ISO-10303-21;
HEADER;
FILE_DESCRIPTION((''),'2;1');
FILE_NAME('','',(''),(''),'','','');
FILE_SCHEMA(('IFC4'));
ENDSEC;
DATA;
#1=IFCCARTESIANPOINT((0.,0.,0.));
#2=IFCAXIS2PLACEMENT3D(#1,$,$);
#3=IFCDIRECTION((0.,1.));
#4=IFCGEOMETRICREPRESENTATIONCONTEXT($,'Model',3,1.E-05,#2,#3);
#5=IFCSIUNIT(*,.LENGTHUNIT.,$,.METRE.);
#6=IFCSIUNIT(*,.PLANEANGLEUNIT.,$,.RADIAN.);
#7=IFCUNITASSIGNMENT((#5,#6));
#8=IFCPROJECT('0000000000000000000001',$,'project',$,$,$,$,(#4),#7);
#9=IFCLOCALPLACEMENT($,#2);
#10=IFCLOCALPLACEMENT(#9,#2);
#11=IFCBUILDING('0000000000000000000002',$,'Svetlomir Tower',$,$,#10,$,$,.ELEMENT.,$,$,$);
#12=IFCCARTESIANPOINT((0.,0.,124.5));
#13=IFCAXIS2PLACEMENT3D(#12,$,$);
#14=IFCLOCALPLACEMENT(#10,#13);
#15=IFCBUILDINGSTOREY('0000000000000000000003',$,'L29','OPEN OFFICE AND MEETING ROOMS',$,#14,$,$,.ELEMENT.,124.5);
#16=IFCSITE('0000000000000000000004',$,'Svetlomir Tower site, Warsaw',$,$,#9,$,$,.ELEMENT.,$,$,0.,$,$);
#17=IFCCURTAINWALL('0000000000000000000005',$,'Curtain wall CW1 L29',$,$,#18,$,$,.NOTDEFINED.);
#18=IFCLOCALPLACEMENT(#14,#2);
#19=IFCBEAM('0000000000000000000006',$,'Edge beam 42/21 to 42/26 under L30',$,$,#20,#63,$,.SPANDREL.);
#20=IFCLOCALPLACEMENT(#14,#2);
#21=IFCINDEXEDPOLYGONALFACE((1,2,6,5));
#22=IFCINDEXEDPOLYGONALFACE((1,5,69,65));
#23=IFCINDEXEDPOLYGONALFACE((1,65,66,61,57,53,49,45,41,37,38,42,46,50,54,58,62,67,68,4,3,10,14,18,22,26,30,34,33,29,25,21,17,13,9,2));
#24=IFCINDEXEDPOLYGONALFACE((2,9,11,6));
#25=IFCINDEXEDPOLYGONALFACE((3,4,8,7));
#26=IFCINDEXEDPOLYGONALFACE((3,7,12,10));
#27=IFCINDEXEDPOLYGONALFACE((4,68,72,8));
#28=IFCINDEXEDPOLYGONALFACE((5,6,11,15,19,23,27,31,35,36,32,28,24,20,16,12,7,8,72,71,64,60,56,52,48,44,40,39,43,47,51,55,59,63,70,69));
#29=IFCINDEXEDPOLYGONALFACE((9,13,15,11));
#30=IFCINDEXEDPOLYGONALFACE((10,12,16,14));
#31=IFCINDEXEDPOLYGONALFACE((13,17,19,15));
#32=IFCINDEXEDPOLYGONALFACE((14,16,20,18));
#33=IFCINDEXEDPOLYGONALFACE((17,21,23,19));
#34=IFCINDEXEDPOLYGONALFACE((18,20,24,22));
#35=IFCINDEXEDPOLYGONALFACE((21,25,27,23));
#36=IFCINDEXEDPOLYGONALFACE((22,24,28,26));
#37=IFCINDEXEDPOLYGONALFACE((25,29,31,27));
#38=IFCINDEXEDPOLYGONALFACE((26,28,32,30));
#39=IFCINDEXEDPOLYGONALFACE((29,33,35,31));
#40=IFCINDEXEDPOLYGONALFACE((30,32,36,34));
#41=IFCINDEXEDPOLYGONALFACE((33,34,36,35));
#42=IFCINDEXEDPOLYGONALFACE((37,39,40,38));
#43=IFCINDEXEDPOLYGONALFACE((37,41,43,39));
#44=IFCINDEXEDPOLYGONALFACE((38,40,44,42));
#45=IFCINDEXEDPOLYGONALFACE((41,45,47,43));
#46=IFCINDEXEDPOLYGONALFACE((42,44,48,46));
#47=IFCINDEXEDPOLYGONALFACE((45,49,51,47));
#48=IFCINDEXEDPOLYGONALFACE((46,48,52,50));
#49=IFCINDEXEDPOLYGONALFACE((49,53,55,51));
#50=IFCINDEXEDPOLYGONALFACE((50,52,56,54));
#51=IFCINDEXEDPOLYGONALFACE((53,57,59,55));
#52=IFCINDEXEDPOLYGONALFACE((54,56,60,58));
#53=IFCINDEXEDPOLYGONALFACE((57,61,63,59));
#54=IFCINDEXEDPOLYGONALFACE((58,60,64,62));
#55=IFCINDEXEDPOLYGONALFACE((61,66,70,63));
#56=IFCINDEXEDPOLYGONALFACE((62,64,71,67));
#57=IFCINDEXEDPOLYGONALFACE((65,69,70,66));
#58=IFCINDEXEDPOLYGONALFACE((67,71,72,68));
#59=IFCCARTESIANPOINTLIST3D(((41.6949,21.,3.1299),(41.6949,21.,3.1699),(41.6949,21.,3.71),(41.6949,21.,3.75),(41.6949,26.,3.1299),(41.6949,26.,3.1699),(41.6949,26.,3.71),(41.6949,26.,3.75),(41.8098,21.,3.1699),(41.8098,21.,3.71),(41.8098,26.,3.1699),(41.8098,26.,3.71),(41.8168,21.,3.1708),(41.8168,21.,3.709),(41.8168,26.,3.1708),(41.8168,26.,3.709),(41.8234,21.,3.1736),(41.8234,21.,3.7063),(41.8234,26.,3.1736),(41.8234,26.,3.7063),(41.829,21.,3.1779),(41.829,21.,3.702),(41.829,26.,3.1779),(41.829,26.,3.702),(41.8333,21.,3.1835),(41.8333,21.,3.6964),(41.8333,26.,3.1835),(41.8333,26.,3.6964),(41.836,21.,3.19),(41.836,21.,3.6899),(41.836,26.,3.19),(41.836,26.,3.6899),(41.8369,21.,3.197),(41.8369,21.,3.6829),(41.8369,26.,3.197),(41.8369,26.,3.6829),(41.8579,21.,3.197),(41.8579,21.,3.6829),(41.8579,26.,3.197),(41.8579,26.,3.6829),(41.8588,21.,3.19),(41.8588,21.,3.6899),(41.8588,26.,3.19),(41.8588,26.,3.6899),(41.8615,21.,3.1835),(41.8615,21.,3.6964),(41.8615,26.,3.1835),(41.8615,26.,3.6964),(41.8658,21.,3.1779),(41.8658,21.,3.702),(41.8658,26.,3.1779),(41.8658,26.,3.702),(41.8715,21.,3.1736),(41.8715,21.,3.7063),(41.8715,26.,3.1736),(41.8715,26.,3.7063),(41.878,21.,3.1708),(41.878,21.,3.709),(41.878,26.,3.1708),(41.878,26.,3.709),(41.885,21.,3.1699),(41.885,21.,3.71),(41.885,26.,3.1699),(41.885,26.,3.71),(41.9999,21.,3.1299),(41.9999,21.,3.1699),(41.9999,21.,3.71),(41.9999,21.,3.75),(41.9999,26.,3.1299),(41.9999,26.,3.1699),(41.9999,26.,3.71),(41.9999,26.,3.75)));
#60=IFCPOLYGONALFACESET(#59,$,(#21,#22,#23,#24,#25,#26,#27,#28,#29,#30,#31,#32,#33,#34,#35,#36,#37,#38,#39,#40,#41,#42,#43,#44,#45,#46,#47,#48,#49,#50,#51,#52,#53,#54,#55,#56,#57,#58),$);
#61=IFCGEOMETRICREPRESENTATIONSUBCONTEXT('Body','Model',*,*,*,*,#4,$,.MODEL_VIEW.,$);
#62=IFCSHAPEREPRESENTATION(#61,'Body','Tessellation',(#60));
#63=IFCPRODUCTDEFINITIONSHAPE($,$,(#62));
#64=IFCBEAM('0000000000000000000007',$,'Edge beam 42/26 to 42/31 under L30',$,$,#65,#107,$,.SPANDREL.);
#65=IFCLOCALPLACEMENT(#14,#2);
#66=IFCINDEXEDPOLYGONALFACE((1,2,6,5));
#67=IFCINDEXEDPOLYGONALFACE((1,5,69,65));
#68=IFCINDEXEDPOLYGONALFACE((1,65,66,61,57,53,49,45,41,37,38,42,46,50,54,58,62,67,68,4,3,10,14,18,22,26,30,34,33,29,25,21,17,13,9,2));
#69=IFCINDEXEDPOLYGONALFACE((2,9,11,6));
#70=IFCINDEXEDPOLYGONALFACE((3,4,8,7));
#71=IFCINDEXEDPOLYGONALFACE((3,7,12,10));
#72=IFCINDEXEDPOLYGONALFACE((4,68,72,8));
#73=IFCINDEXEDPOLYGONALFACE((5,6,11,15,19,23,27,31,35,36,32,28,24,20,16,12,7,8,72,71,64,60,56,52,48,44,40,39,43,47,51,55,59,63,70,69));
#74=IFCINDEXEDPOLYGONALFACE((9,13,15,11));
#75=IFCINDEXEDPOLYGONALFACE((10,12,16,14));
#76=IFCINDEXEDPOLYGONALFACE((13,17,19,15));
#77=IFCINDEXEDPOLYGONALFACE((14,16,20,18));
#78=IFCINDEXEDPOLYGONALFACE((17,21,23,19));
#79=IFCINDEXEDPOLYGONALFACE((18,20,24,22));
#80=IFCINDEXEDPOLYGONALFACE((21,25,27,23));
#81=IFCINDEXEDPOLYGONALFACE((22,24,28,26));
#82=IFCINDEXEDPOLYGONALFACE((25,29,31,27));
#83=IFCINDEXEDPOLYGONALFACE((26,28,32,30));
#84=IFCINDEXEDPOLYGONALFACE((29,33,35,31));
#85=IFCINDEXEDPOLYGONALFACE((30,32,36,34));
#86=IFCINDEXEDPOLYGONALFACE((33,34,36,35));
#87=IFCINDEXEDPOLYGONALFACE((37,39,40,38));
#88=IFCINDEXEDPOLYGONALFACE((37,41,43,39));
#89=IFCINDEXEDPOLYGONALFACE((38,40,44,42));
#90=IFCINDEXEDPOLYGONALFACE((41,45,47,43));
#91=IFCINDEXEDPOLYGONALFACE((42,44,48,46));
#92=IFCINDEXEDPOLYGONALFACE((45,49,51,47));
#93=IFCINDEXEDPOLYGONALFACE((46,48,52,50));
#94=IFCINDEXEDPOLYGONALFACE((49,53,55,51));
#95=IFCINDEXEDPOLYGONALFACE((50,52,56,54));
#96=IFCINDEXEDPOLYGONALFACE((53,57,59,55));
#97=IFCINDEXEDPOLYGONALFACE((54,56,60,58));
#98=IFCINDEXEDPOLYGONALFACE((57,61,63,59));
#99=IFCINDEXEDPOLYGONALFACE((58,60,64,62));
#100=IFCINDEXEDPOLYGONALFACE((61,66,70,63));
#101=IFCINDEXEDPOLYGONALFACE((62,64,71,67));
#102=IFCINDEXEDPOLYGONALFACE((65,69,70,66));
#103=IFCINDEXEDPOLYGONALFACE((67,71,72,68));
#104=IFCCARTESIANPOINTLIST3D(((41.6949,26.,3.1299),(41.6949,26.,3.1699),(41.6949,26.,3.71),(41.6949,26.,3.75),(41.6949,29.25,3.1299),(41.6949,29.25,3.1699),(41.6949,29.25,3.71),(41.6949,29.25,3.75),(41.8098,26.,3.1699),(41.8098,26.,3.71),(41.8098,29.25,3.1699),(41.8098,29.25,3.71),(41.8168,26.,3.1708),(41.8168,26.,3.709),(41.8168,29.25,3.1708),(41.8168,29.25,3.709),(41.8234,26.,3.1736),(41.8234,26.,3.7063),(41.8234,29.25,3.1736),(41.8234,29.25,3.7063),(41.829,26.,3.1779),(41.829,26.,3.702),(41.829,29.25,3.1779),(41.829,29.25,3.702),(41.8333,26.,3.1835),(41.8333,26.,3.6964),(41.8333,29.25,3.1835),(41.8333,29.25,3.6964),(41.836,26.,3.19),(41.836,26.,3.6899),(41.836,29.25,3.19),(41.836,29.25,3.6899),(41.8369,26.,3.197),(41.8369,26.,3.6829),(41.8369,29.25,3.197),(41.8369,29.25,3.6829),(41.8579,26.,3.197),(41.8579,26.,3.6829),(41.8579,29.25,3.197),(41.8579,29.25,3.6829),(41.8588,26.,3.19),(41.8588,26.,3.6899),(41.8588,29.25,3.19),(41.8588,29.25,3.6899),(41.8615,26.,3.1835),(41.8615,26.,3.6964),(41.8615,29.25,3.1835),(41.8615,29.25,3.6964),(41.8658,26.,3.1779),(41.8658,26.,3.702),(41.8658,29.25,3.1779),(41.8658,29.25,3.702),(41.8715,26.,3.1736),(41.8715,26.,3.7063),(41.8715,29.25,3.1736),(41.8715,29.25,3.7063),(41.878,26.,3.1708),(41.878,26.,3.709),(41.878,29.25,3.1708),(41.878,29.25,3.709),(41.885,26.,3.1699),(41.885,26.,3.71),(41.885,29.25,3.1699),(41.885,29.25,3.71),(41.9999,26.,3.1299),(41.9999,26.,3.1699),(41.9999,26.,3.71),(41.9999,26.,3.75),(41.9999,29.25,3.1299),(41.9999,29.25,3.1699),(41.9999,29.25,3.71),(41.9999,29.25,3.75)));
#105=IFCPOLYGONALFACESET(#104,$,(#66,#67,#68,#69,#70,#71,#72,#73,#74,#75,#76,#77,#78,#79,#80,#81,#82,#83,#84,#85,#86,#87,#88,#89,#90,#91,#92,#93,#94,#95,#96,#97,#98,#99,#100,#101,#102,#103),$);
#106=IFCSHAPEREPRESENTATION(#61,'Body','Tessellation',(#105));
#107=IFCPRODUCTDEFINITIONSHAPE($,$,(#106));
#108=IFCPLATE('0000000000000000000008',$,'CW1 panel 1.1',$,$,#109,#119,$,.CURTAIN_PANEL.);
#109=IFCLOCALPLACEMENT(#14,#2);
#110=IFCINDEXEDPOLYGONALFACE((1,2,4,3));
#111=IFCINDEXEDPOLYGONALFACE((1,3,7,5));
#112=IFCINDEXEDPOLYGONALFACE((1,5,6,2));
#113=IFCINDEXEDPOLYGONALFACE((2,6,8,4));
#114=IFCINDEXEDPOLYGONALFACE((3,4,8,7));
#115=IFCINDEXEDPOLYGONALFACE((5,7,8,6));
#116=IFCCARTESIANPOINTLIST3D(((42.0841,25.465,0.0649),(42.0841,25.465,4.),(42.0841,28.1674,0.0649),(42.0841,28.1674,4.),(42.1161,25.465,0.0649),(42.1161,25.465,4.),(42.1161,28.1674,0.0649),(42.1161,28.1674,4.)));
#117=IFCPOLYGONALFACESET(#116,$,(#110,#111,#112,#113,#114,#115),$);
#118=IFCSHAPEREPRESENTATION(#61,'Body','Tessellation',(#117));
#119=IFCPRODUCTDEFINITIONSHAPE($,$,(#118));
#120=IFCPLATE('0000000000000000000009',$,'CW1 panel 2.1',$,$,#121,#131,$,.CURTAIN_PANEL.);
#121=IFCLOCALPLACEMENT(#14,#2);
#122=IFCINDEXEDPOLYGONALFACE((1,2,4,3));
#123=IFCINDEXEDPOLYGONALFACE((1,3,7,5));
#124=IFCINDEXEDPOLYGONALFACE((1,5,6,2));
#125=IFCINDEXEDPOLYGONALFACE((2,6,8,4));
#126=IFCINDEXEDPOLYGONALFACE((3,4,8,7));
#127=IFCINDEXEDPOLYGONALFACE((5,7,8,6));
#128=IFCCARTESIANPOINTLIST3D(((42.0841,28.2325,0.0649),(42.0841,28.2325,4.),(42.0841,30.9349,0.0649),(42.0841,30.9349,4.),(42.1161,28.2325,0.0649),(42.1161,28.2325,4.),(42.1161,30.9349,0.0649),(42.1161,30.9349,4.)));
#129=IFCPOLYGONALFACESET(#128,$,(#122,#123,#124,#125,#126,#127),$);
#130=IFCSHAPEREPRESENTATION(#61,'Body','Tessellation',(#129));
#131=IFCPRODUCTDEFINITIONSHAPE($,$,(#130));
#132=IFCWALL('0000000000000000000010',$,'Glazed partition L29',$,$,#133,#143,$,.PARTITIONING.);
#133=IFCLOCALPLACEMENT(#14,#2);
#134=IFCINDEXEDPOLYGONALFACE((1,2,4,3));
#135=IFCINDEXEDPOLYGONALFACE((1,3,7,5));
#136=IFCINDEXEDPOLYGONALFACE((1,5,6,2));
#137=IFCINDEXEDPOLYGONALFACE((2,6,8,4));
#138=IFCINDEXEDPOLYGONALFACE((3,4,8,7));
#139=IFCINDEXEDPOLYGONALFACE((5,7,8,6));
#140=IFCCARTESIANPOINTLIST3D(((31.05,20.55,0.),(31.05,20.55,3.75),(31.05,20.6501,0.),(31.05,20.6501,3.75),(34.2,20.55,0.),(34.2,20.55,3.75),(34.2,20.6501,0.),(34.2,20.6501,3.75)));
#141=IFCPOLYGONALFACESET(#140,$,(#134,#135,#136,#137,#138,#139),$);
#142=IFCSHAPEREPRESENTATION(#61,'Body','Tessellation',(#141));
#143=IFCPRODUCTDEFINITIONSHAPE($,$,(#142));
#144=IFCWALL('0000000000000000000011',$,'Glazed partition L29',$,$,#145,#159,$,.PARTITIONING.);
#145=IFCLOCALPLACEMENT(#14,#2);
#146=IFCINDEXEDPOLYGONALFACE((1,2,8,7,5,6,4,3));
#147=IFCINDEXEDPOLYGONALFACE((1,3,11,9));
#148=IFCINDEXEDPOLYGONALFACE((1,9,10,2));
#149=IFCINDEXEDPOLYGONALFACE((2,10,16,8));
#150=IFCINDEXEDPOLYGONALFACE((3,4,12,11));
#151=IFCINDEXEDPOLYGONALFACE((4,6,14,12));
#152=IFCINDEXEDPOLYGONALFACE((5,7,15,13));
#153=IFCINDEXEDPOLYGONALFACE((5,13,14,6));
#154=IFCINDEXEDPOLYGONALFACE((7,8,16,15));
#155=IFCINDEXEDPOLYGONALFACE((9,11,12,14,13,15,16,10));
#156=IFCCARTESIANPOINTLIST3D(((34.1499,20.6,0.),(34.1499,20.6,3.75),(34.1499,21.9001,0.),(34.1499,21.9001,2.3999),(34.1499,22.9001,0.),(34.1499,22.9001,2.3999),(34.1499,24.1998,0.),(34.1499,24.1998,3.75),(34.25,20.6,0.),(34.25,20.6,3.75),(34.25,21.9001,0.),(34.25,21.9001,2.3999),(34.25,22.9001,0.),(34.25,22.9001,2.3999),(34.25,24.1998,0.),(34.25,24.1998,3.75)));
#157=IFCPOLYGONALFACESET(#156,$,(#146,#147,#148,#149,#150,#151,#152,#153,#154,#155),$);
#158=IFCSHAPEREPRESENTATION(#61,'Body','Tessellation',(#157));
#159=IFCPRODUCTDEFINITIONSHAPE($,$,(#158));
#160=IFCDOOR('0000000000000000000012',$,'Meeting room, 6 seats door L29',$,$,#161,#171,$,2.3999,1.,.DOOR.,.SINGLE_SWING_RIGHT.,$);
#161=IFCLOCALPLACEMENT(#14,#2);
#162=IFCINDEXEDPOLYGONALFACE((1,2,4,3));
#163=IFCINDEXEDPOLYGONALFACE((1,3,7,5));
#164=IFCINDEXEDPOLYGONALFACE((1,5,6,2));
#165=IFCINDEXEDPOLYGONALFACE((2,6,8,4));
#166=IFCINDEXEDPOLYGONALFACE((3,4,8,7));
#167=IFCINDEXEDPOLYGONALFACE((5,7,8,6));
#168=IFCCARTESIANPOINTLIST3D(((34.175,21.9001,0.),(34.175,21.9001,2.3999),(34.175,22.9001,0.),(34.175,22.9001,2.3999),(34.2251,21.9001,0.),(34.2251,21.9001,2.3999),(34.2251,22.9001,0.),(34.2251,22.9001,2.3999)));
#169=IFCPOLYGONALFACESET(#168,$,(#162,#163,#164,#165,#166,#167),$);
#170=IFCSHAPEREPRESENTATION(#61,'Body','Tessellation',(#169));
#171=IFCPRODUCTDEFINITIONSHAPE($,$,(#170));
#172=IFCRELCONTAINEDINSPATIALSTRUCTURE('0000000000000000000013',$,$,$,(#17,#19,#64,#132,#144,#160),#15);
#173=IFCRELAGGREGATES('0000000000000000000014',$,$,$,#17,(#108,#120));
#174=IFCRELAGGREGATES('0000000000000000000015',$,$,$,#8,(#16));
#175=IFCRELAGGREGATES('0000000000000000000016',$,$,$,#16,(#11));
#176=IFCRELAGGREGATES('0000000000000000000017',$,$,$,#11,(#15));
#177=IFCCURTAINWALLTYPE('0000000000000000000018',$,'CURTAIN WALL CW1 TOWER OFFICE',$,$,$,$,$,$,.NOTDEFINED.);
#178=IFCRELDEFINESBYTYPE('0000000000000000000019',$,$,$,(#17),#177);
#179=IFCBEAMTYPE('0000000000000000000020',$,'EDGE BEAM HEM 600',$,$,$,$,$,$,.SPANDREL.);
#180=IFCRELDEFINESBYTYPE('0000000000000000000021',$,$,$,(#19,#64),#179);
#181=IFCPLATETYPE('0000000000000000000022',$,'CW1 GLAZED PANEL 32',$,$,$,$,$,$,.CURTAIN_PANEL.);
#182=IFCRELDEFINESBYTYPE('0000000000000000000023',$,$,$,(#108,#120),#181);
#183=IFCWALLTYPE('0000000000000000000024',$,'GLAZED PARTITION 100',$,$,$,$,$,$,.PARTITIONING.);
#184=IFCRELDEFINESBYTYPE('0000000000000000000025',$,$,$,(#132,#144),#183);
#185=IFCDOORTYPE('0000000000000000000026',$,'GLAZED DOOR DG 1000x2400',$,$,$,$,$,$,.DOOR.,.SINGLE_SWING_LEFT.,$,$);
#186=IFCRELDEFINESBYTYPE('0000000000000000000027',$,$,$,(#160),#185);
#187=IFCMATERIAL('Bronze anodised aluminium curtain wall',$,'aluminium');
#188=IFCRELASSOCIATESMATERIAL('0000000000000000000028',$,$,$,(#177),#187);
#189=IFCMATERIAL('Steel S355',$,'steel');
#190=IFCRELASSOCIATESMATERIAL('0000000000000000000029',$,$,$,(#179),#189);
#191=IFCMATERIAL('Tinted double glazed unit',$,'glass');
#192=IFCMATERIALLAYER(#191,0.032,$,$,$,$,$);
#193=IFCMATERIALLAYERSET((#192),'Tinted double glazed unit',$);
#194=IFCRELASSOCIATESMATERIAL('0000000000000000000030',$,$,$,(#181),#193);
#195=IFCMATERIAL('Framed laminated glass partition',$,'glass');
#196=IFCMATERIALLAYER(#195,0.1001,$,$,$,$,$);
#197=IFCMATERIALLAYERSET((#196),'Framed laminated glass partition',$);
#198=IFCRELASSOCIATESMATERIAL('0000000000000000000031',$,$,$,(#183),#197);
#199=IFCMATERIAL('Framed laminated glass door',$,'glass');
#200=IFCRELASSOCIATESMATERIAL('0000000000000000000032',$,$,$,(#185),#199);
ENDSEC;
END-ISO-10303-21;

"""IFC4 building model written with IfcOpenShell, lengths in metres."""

from ifc_helpers import new_model, si_unit, direction, frame, frame_2d, origin, origin_2d, place, context, subcontext, project, spatial, rectangle, i_section, extrude, material, layer, layer_set, material_profile, profile_set, type_object, element, fill, aggregate, save


model = new_model("IFC4")

# Units and contexts
model_context = context("Model", 3, precision=1e-05, world=origin(), true_north=direction((0.0, 1.0)))
body_context = subcontext(model_context, "Body", "Model", "MODEL_VIEW")
ifc_project = project(units=[si_unit("LENGTHUNIT", "METRE"), si_unit("PLANEANGLEUNIT", "RADIAN")], contexts=[model_context])

# Site, building, storey
site_placement = place(None, origin())
site = spatial("IfcSite", under=ifc_project, at=site_placement, Name="Svetlomir Tower site, Warsaw", CompositionType="ELEMENT", RefElevation=0.0)
building_placement = place(site_placement, origin())
building = spatial("IfcBuilding", under=site, at=building_placement, Name="Svetlomir Tower", CompositionType="ELEMENT")
storey_placement = place(building_placement, frame((0.0, 0.0, 124.5)))
storey = spatial("IfcBuildingStorey", under=building, at=storey_placement, Name="L29", Description="OPEN OFFICE AND MEETING ROOMS", CompositionType="ELEMENT", Elevation=124.5)

# Curtain wall
ifc_material_1 = material(Name="Bronze anodised aluminium curtain wall", Category="aluminium")
curtain_wall_type = type_object("IfcCurtainWallType", Name="CURTAIN WALL CW1 TOWER OFFICE", PredefinedType="NOTDEFINED", material=ifc_material_1)
curtain_wall_1_placement = place(storey_placement, origin())
curtain_wall_1 = element("IfcCurtainWall", 1, at=curtain_wall_1_placement, inside=storey, type_object=curtain_wall_type, Name="Curtain wall CW1 L29", PredefinedType="NOTDEFINED")

# Beams
ifc_material_2 = material(Name="Steel S355", Category="steel")
ifc_material_profile_1 = material_profile(ifc_material_2, i_section(OverallWidth=0.3049, OverallDepth=0.6201, WebThickness=0.021, FlangeThickness=0.04, FilletRadius=0.0271, at=origin_2d()), Name="HEM 600")
ifc_profile_set_1 = profile_set([ifc_material_profile_1], Name="Steel S355")
beam_type_1 = type_object("IfcBeamType", Name="EDGE BEAM HEM 600", PredefinedType="SPANDREL", material=ifc_profile_set_1)
beam_1_placement = place(storey_placement, frame((41.8474, 21.0, 3.4399), z_axis=(0.0, 1.0, 0.0), x_axis=(-1.0, 0.0, 0.0)))
element("IfcBeam", 2, at=beam_1_placement, inside=storey, type_object=beam_type_1, Name="Edge beam 42/21 to 42/26 under L30", PredefinedType="SPANDREL", context=body_context, shape_type="SweptSolid", body=[
    extrude(i_section(OverallWidth=0.3049, OverallDepth=0.6201, WebThickness=0.021, FlangeThickness=0.04, FilletRadius=0.0271, at=origin_2d()), origin(), (0.0, 0.0, 1.0), 5.0),
])
beam_2_placement = place(storey_placement, frame((41.8474, 26.0, 3.4399), z_axis=(0.0, 1.0, 0.0), x_axis=(-1.0, 0.0, 0.0)))
element("IfcBeam", 3, at=beam_2_placement, inside=storey, type_object=beam_type_1, Name="Edge beam 42/26 to 42/31 under L30", PredefinedType="SPANDREL", context=body_context, shape_type="SweptSolid", body=[
    extrude(i_section(OverallWidth=0.3049, OverallDepth=0.6201, WebThickness=0.021, FlangeThickness=0.04, FilletRadius=0.0271, at=origin_2d()), origin(), (0.0, 0.0, 1.0), 3.25),
])

# Plates
ifc_material_3 = material(Name="Tinted double glazed unit", Category="glass")
ifc_layer_1 = layer(ifc_material_3, 0.032)
ifc_layer_set_1 = layer_set([ifc_layer_1], Name="Tinted double glazed unit")
plate_type = type_object("IfcPlateType", Name="CW1 GLAZED PANEL 32", PredefinedType="CURTAIN_PANEL", material=ifc_layer_set_1)
plate_1_placement = place(storey_placement, frame((42.1001, 26.8162, 0.0649), z_axis=(0.0, 0.0, 1.0), x_axis=(0.0, 1.0, 0.0)))
plate_1 = element("IfcPlate", 4, at=plate_1_placement, type_object=plate_type, Name="CW1 panel 1.1", PredefinedType="CURTAIN_PANEL", context=body_context, shape_type="SweptSolid", body=[
    extrude(rectangle(XDim=2.7024, YDim=0.032, at=origin_2d()), origin(), (0.0, 0.0, 1.0), 3.9351),
])
plate_2_placement = place(storey_placement, frame((42.1001, 29.5837, 0.0649), z_axis=(0.0, 0.0, 1.0), x_axis=(0.0, 1.0, 0.0)))
plate_2 = element("IfcPlate", 5, at=plate_2_placement, type_object=plate_type, Name="CW1 panel 2.1", PredefinedType="CURTAIN_PANEL", context=body_context, shape_type="SweptSolid", body=[
    extrude(rectangle(XDim=2.7024, YDim=0.032, at=origin_2d()), origin(), (0.0, 0.0, 1.0), 3.9351),
])
aggregate(curtain_wall_1, [plate_1, plate_2])

# Wall
ifc_material_4 = material(Name="Framed laminated glass partition", Category="glass")
ifc_layer_2 = layer(ifc_material_4, 0.1001)
ifc_layer_set_2 = layer_set([ifc_layer_2], Name="Framed laminated glass partition")
wall_type_1 = type_object("IfcWallType", Name="GLAZED PARTITION 100", PredefinedType="PARTITIONING", material=ifc_layer_set_2)
wall_1_placement = place(storey_placement, frame((31.05, 20.6001, 0.0), z_axis=(0.0, 0.0, 1.0), x_axis=(1.0, 0.0, 0.0)))
element("IfcWall", 6, at=wall_1_placement, inside=storey, type_object=wall_type_1, Name="Glazed partition L29", PredefinedType="PARTITIONING", context=body_context, shape_type="SweptSolid", body=[
    extrude(rectangle(XDim=3.1499, YDim=0.1001, at=frame_2d((1.575, 0.0))), origin(), (0.0, 0.0, 1.0), 3.75),
])

# Wall, opening, door
wall_2_placement = place(storey_placement, frame((34.2, 20.6001, 0.0), z_axis=(0.0, 0.0, 1.0), x_axis=(0.0, 1.0, 0.0)))
wall_2 = element("IfcWall", 7, at=wall_2_placement, inside=storey, type_object=wall_type_1, Name="Glazed partition L29", PredefinedType="PARTITIONING", context=body_context, shape_type="SweptSolid", body=[
    extrude(rectangle(XDim=3.5999, YDim=0.1001, at=frame_2d((1.7998, 0.0))), origin(), (0.0, 0.0, 1.0), 3.75),
])
opening_1_placement = place(wall_2_placement, frame((1.3, 0.0, 0.0)))
opening_1 = element("IfcOpeningElement", 8, at=opening_1_placement, cuts=wall_2, PredefinedType="OPENING", context=body_context, shape_type="SweptSolid", body=[
    extrude(rectangle(XDim=1.0, YDim=2.3999, at=frame_2d((0.5, 1.2))), frame((0.0, 0.0601, 0.0), z_axis=(0.0, -1.0, 0.0), x_axis=(1.0, 0.0, 0.0)), (0.0, 0.0, 1.0), 0.1201),
])
ifc_material_5 = material(Name="Framed laminated glass door", Category="glass")
door_type_1 = type_object("IfcDoorType", Name="GLAZED DOOR DG 1000x2400", OperationType="SINGLE_SWING_LEFT", PredefinedType="DOOR", material=ifc_material_5)
door_1_placement = place(opening_1_placement, origin())
door_1 = element("IfcDoor", 9, at=door_1_placement, inside=storey, type_object=door_type_1, Name="Meeting room, 6 seats door L29", OperationType="SINGLE_SWING_RIGHT", OverallHeight=2.3999, OverallWidth=1.0, PredefinedType="DOOR", context=body_context, shape_type="SweptSolid", body=[
    extrude(rectangle(XDim=1.0, YDim=2.3999, at=frame_2d((0.5, 1.2))), frame((0.0, 0.0249, 0.0), z_axis=(0.0, -1.0, 0.0), x_axis=(1.0, 0.0, 0.0)), (0.0, 0.0, 1.0), 0.05),
])
fill(opening_1, door_1)

save(model, "model.ifc")
